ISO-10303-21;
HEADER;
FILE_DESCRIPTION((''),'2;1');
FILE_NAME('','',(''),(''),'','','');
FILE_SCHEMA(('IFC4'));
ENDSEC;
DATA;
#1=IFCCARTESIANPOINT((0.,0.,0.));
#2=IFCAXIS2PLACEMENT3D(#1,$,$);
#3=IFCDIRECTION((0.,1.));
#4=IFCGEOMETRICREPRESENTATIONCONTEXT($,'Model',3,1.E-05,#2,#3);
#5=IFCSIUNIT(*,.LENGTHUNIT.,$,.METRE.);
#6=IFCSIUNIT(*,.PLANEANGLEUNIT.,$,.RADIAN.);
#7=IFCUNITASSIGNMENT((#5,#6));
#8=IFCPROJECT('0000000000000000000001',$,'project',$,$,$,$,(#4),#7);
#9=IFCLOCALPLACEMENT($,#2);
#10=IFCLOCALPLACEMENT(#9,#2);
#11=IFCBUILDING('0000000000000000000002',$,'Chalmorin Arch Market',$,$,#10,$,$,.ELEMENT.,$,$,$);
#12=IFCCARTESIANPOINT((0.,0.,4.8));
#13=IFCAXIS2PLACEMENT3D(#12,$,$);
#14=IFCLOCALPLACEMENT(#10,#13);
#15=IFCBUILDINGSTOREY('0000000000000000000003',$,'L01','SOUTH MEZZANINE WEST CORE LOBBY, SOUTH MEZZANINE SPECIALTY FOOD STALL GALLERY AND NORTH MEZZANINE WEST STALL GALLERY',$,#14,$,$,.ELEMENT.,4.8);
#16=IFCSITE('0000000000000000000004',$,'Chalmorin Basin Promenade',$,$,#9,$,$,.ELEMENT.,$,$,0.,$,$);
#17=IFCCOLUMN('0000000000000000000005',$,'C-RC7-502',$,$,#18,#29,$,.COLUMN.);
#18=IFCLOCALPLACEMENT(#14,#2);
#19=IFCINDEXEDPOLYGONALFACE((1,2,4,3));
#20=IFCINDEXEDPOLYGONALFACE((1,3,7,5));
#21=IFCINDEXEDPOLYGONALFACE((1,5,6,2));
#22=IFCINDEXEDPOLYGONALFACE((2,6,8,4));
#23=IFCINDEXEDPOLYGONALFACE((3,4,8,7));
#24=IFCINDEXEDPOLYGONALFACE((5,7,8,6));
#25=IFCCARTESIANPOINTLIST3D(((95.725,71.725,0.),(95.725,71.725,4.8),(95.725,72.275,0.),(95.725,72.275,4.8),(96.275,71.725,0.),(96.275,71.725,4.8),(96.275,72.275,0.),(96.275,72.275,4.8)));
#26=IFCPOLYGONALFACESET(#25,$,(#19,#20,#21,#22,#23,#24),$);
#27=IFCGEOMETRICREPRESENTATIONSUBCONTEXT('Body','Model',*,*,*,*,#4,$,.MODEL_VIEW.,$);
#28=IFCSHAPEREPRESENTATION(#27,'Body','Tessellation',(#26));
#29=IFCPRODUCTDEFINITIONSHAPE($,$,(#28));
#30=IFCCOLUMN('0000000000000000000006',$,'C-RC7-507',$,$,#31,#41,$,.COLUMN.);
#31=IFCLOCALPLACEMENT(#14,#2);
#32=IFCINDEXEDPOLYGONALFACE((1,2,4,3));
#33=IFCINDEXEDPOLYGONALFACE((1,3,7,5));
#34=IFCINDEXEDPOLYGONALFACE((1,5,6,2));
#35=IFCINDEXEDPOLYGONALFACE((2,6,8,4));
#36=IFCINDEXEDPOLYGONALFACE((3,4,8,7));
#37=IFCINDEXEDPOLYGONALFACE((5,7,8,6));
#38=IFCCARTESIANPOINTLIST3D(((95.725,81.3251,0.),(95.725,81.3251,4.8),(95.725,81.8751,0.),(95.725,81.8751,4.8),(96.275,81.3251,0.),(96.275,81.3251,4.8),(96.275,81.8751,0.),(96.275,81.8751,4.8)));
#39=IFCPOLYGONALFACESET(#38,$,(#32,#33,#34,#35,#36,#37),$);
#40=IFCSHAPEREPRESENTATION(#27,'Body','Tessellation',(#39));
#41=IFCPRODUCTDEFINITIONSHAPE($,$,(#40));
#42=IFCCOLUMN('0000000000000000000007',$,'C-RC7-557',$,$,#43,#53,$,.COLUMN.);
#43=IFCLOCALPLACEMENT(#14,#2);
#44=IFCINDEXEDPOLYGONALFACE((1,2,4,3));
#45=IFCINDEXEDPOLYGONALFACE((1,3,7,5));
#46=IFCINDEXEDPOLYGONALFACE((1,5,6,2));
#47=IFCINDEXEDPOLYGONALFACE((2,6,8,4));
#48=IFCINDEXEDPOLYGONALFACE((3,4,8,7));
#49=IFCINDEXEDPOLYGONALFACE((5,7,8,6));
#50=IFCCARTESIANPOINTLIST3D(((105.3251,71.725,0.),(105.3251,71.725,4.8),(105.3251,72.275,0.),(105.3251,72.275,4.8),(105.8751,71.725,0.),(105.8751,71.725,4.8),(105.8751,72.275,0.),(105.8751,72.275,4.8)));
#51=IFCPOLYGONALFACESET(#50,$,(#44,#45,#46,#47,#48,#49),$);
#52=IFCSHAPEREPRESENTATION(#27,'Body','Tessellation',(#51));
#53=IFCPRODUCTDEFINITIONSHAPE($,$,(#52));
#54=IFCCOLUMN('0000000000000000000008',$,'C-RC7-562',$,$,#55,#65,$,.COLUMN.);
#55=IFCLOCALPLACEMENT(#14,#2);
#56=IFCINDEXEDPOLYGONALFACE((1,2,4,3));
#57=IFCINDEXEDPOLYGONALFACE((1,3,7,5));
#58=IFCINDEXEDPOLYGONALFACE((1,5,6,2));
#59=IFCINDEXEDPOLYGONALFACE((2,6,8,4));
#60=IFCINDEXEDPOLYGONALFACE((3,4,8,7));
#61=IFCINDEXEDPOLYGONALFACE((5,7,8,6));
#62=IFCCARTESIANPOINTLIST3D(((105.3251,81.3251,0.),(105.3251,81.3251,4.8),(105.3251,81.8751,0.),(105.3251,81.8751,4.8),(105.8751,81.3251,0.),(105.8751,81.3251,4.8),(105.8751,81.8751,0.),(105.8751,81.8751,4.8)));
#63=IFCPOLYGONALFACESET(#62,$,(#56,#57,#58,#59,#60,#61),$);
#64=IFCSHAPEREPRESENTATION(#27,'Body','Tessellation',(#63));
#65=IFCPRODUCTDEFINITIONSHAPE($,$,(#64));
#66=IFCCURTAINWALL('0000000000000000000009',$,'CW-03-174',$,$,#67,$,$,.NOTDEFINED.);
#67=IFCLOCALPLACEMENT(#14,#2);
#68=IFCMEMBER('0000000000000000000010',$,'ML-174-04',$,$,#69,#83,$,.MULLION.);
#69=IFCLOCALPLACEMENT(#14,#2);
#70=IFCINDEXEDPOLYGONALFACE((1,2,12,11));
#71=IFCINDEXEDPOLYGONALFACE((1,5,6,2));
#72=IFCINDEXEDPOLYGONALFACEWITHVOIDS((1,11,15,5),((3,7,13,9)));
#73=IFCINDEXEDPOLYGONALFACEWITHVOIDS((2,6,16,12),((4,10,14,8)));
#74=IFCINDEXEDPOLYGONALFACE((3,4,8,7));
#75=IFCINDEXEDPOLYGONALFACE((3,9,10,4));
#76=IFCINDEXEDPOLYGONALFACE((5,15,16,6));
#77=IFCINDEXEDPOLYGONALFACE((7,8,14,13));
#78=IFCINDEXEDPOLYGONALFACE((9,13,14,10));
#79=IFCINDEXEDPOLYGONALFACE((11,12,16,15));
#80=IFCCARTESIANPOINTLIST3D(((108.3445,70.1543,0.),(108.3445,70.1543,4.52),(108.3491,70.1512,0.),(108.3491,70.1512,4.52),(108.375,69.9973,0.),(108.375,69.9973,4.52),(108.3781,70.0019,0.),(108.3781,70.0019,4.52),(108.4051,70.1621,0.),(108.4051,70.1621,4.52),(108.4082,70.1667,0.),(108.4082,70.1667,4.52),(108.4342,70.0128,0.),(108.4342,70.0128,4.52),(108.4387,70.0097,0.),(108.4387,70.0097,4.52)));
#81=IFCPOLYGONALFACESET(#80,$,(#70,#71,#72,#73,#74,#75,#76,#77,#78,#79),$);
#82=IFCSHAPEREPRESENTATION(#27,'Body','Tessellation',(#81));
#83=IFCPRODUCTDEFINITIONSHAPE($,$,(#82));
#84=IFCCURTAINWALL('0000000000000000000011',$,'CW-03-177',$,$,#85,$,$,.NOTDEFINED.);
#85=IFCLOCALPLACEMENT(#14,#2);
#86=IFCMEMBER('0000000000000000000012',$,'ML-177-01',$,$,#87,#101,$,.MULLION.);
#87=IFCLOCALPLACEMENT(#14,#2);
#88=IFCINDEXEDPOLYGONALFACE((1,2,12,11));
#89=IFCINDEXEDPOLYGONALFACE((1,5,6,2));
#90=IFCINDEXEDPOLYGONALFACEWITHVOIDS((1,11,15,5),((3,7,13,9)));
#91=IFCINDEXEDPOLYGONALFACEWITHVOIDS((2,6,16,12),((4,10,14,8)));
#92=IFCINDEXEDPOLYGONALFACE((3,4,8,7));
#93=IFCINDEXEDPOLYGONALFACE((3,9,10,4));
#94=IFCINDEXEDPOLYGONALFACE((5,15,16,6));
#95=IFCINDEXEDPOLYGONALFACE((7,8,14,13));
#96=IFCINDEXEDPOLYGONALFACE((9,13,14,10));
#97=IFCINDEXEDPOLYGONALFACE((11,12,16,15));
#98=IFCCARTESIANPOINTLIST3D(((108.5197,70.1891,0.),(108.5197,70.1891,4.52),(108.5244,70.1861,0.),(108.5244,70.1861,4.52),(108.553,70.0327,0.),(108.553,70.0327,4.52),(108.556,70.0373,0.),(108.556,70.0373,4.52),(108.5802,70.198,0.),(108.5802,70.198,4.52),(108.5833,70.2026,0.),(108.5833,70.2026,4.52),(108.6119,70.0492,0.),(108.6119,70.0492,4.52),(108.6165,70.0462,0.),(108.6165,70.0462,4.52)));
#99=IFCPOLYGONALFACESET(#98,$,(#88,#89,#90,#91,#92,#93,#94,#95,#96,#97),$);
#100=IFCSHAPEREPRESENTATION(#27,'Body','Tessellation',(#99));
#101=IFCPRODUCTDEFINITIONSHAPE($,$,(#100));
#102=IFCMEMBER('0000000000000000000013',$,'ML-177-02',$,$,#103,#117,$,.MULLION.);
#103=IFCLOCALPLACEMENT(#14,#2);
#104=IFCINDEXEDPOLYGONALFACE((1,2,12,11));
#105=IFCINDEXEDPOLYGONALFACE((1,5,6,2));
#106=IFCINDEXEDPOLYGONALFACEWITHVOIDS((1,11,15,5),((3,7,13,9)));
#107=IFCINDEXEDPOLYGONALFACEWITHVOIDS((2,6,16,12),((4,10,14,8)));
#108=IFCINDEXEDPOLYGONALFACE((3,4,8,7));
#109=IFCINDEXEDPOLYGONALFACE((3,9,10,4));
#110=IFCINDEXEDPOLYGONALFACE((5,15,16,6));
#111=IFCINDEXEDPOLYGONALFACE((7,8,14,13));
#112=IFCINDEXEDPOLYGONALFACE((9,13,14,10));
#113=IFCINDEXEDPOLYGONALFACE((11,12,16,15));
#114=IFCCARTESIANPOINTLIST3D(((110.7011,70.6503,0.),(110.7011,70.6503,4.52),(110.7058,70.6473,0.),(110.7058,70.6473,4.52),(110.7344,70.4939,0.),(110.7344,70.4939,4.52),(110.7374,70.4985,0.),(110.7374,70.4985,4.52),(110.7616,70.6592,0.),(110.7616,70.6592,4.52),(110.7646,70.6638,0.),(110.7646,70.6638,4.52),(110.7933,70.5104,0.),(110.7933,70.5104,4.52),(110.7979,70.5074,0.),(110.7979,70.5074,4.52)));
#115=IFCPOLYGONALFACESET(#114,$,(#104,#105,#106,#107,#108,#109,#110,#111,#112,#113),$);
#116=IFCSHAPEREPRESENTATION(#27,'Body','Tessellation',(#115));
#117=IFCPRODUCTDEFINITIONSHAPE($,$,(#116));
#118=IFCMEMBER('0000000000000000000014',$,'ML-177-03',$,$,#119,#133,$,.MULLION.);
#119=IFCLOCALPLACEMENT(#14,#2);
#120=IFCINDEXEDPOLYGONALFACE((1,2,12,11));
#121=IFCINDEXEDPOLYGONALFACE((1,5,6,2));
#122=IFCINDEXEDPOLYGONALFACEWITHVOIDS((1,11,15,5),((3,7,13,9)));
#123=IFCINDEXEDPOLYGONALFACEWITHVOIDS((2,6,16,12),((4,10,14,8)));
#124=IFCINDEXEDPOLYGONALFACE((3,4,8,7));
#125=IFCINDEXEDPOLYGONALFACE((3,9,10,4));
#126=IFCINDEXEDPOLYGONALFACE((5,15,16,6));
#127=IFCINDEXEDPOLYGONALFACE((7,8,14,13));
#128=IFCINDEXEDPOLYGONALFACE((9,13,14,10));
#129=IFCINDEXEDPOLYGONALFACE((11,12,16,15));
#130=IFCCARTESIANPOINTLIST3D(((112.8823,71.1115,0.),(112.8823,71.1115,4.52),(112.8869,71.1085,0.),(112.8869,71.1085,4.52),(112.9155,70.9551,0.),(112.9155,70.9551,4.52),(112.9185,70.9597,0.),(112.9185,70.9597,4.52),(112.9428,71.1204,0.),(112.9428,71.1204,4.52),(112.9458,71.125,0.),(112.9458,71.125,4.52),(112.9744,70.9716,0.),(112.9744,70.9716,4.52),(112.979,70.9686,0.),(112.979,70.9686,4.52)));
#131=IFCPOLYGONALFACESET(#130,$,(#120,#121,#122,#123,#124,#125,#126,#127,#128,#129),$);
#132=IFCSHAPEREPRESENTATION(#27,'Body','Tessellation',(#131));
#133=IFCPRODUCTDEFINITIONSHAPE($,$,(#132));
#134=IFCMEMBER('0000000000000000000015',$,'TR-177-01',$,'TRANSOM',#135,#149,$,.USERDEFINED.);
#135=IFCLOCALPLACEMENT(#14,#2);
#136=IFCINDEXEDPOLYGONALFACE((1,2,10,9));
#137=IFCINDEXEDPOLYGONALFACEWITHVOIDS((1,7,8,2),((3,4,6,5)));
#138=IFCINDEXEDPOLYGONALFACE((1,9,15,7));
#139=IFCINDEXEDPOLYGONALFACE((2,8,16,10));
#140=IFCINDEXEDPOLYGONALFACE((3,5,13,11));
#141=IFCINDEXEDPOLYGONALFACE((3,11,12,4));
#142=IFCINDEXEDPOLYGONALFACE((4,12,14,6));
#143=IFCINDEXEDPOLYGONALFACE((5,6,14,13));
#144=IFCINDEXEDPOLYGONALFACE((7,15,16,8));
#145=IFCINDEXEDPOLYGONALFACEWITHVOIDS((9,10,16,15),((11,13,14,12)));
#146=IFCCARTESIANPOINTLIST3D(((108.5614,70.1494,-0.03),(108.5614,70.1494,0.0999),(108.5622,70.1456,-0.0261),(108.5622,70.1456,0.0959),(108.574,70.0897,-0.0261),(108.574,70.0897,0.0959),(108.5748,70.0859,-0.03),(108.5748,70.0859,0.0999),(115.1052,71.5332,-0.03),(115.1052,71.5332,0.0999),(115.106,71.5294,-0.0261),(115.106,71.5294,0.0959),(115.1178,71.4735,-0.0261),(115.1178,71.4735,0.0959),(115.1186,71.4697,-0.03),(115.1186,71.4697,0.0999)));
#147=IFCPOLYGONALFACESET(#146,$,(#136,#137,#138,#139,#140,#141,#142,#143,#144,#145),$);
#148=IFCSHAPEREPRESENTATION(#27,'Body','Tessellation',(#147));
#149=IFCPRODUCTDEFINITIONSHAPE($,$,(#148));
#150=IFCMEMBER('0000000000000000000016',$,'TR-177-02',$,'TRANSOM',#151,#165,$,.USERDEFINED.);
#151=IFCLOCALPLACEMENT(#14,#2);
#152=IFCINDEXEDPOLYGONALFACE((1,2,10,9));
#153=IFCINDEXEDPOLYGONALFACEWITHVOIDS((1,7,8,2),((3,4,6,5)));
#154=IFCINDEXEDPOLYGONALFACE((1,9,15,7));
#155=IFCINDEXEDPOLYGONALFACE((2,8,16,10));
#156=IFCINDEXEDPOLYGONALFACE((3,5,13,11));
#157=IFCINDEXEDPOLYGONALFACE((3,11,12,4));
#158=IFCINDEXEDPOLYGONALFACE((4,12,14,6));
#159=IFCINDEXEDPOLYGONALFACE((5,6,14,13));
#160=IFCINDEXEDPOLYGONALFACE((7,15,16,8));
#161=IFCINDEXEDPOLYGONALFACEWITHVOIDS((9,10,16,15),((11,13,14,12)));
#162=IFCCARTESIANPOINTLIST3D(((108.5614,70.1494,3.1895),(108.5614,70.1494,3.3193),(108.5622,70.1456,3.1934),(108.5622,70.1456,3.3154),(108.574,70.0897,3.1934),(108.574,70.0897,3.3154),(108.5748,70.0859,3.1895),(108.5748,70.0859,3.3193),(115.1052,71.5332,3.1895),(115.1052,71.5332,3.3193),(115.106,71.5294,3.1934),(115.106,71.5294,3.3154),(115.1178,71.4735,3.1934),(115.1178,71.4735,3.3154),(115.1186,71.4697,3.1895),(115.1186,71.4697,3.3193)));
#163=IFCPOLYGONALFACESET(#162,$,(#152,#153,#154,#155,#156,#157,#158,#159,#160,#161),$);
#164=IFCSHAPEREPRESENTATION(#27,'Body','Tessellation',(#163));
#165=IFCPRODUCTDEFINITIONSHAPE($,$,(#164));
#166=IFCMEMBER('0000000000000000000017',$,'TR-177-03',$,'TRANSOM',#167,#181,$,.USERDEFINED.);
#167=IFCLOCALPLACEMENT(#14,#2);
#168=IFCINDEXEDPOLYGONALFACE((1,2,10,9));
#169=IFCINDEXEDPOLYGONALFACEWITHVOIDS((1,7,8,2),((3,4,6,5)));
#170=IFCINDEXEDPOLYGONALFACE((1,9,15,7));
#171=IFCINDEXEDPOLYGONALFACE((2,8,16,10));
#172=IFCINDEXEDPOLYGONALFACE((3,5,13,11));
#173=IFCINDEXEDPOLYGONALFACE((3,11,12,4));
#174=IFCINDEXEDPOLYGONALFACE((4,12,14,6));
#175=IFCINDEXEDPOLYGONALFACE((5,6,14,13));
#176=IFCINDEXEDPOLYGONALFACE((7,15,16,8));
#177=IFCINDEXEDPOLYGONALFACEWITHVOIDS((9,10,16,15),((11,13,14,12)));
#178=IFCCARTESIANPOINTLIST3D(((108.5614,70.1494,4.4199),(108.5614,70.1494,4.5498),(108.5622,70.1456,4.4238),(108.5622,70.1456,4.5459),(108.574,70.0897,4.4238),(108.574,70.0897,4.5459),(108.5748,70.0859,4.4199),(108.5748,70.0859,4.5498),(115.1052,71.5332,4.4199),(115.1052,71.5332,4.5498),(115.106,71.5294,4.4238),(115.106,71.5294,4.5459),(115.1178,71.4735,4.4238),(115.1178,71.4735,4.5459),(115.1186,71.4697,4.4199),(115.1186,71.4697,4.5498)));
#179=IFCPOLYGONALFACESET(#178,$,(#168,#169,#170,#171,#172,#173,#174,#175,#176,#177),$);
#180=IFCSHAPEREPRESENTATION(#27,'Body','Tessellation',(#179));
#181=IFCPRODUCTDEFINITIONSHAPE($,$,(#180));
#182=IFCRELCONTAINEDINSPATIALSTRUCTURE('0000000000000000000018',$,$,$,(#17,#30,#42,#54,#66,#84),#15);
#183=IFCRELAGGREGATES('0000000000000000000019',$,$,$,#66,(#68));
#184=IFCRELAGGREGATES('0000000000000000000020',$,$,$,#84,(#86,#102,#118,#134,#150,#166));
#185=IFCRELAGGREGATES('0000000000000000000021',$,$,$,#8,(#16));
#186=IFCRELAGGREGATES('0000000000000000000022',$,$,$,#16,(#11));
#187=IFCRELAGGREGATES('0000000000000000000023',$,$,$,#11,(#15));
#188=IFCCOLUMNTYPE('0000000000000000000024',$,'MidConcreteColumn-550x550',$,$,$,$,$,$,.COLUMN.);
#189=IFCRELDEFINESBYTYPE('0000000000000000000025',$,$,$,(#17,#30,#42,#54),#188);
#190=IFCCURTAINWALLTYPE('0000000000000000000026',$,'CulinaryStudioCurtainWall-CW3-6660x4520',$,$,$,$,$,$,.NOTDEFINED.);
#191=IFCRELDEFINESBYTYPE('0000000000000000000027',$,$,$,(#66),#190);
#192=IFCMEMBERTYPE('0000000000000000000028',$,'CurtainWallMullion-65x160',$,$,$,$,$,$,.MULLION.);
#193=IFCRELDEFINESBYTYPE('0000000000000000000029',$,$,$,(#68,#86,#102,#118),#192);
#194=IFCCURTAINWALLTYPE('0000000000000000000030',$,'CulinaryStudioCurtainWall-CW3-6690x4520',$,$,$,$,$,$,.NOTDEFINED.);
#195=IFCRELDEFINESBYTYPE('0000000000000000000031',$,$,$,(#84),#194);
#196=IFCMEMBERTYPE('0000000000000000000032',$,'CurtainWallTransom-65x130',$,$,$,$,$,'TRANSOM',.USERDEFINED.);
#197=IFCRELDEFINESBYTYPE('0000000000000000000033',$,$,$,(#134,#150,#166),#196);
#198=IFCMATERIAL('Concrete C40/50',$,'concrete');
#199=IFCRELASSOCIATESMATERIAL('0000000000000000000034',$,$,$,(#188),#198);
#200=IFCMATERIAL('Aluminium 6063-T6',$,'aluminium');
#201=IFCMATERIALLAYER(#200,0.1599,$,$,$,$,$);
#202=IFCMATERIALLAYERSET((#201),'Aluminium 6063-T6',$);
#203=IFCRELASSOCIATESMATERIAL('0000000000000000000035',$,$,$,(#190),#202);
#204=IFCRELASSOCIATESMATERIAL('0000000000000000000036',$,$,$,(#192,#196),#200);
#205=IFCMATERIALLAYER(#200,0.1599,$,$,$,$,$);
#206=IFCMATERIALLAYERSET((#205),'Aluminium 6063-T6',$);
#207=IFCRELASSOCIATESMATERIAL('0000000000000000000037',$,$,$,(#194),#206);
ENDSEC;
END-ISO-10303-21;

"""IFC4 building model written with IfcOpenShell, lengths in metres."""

from ifc_helpers import new_model, si_unit, direction, frame, origin, origin_2d, place, context, subcontext, project, spatial, rectangle, hollow_rectangle, extrude, material, layer, layer_set, material_profile, profile_set, type_object, element, aggregate, save


model = new_model("IFC4")

# Units and contexts
model_context = context("Model", 3, precision=1e-05, world=origin(), true_north=direction((0.0, 1.0)))
body_context = subcontext(model_context, "Body", "Model", "MODEL_VIEW")
ifc_project = project(units=[si_unit("LENGTHUNIT", "METRE"), si_unit("PLANEANGLEUNIT", "RADIAN")], contexts=[model_context])

# Site, building, storey
site_placement = place(None, origin())
site = spatial("IfcSite", under=ifc_project, at=site_placement, Name="Chalmorin Basin Promenade", CompositionType="ELEMENT", RefElevation=0.0)
building_placement = place(site_placement, origin())
building = spatial("IfcBuilding", under=site, at=building_placement, Name="Chalmorin Arch Market", CompositionType="ELEMENT")
storey_placement = place(building_placement, frame((0.0, 0.0, 4.8)))
storey = spatial("IfcBuildingStorey", under=building, at=storey_placement, Name="L01", Description="SOUTH MEZZANINE WEST CORE LOBBY, SOUTH MEZZANINE SPECIALTY FOOD STALL GALLERY AND NORTH MEZZANINE WEST STALL GALLERY", CompositionType="ELEMENT", Elevation=4.8)

# Columns
ifc_material_1 = material(Name="Concrete C40/50", Category="concrete")
ifc_material_profile_1 = material_profile(ifc_material_1, rectangle(XDim=0.55, YDim=0.55, at=origin_2d()), Name="RC550X550")
ifc_profile_set_1 = profile_set([ifc_material_profile_1], Name="Concrete C40/50")
column_type = type_object("IfcColumnType", Name="MidConcreteColumn-550x550", PredefinedType="COLUMN", material=ifc_profile_set_1)
for number, where, z_axis, x_axis, name in (
    (1, (96.0, 72.0, 0.0), (0.0, 0.0, 1.0), (1.0, 0.0, 0.0), "C-RC7-502"),
    (2, (96.0, 81.6001, 0.0), (0.0, 0.0, 1.0), (1.0, 0.0, 0.0), "C-RC7-507"),
    (3, (105.6001, 72.0, 0.0), (0.0, 0.0, 1.0), (1.0, 0.0, 0.0), "C-RC7-557"),
    (4, (105.6001, 81.6001, 0.0), (0.0, 0.0, 1.0), (1.0, 0.0, 0.0), "C-RC7-562"),
):
    element("IfcColumn", number, at=place(storey_placement, frame(where, z_axis=z_axis, x_axis=x_axis)), inside=storey, type_object=column_type, Name=name, PredefinedType="COLUMN", context=body_context, shape_type="SweptSolid", body=[
        extrude(rectangle(XDim=0.55, YDim=0.55, at=origin_2d()), origin(), (0.0, 0.0, 1.0), 4.8),
    ])

# Curtain wall, member
ifc_material_2 = material(Name="Aluminium 6063-T6", Category="aluminium")
ifc_layer_1 = layer(ifc_material_2, 0.1599)
ifc_layer_set_1 = layer_set([ifc_layer_1], Name="Aluminium 6063-T6")
curtain_wall_type_1 = type_object("IfcCurtainWallType", Name="CulinaryStudioCurtainWall-CW3-6660x4520", PredefinedType="NOTDEFINED", material=ifc_layer_set_1)
curtain_wall_1_placement = place(storey_placement, origin())
curtain_wall_1 = element("IfcCurtainWall", 5, at=curtain_wall_1_placement, inside=storey, type_object=curtain_wall_type_1, Name="CW-03-174", PredefinedType="NOTDEFINED")
ifc_material_profile_2 = material_profile(ifc_material_2, hollow_rectangle(XDim=0.0649, YDim=0.1599, WallThickness=0.0039, at=origin_2d()), Name="ALU65X160X4")
ifc_profile_set_2 = profile_set([ifc_material_profile_2], Name="Aluminium 6063-T6")
member_type_1 = type_object("IfcMemberType", Name="CurtainWallMullion-65x160", PredefinedType="MULLION", material=ifc_profile_set_2)
member_1_placement = place(storey_placement, frame((108.3916, 70.082, 0.0), z_axis=(0.0, 0.0, 1.0), x_axis=(0.981627, 0.190809, 0.0)))
member_1 = element("IfcMember", 6, at=member_1_placement, type_object=member_type_1, Name="ML-174-04", PredefinedType="MULLION", context=body_context, shape_type="SweptSolid", body=[
    extrude(hollow_rectangle(XDim=0.0649, YDim=0.1599, WallThickness=0.0039, at=origin_2d()), origin(), (0.0, 0.0, 1.0), 4.52),
])

# Curtain wall, members
ifc_layer_2 = layer(ifc_material_2, 0.1599)
ifc_layer_set_2 = layer_set([ifc_layer_2], Name="Aluminium 6063-T6")
curtain_wall_type_2 = type_object("IfcCurtainWallType", Name="CulinaryStudioCurtainWall-CW3-6690x4520", PredefinedType="NOTDEFINED", material=ifc_layer_set_2)
curtain_wall_2_placement = place(storey_placement, origin())
curtain_wall_2 = element("IfcCurtainWall", 7, at=curtain_wall_2_placement, inside=storey, type_object=curtain_wall_type_2, Name="CW-03-177", PredefinedType="NOTDEFINED")
member_2_placement = place(storey_placement, frame((108.5681, 70.1177, 0.0), z_axis=(0.0, 0.0, 1.0), x_axis=(0.978148, 0.207912, 0.0)))
member_2 = element("IfcMember", 8, at=member_2_placement, type_object=member_type_1, Name="ML-177-01", PredefinedType="MULLION", context=body_context, shape_type="SweptSolid", body=[
    extrude(hollow_rectangle(XDim=0.0649, YDim=0.1599, WallThickness=0.0039, at=origin_2d()), origin(), (0.0, 0.0, 1.0), 4.52),
])
member_3_placement = place(storey_placement, frame((110.7495, 70.5789, 0.0), z_axis=(0.0, 0.0, 1.0), x_axis=(0.978148, 0.207912, 0.0)))
member_3 = element("IfcMember", 9, at=member_3_placement, type_object=member_type_1, Name="ML-177-02", PredefinedType="MULLION", context=body_context, shape_type="SweptSolid", body=[
    extrude(hollow_rectangle(XDim=0.0649, YDim=0.1599, WallThickness=0.0039, at=origin_2d()), origin(), (0.0, 0.0, 1.0), 4.52),
])
member_4_placement = place(storey_placement, frame((112.9307, 71.04, 0.0), z_axis=(0.0, 0.0, 1.0), x_axis=(0.978148, 0.207912, 0.0)))
member_4 = element("IfcMember", 10, at=member_4_placement, type_object=member_type_1, Name="ML-177-03", PredefinedType="MULLION", context=body_context, shape_type="SweptSolid", body=[
    extrude(hollow_rectangle(XDim=0.0649, YDim=0.1599, WallThickness=0.0039, at=origin_2d()), origin(), (0.0, 0.0, 1.0), 4.52),
])
ifc_material_profile_3 = material_profile(ifc_material_2, hollow_rectangle(XDim=0.0649, YDim=0.1299, WallThickness=0.0039, at=origin_2d()), Name="ALU65X130X4")
ifc_profile_set_3 = profile_set([ifc_material_profile_3], Name="Aluminium 6063-T6")
member_type_2 = type_object("IfcMemberType", Name="CurtainWallTransom-65x130", ElementType="TRANSOM", PredefinedType="USERDEFINED", material=ifc_profile_set_3)
member_5_placement = place(storey_placement, frame((108.5681, 70.1177, 0.0349), z_axis=(0.978363, 0.206893, 0.0), x_axis=(-0.206893, 0.978363, 0.0)))
member_5 = element("IfcMember", 11, at=member_5_placement, type_object=member_type_2, Name="TR-177-01", ObjectType="TRANSOM", PredefinedType="USERDEFINED", context=body_context, shape_type="SweptSolid", body=[
    extrude(hollow_rectangle(XDim=0.0649, YDim=0.1299, WallThickness=0.0039, at=origin_2d()), origin(), (0.0, 0.0, 1.0), 6.6885),
])
member_6_placement = place(storey_placement, frame((108.5681, 70.1177, 3.2544), z_axis=(0.978363, 0.206893, 0.0), x_axis=(-0.206893, 0.978363, 0.0)))
member_6 = element("IfcMember", 12, at=member_6_placement, type_object=member_type_2, Name="TR-177-02", ObjectType="TRANSOM", PredefinedType="USERDEFINED", context=body_context, shape_type="SweptSolid", body=[
    extrude(hollow_rectangle(XDim=0.0649, YDim=0.1299, WallThickness=0.0039, at=origin_2d()), origin(), (0.0, 0.0, 1.0), 6.6885),
])
member_7_placement = place(storey_placement, frame((108.5681, 70.1177, 4.4849), z_axis=(0.978363, 0.206893, 0.0), x_axis=(-0.206893, 0.978363, 0.0)))
member_7 = element("IfcMember", 13, at=member_7_placement, type_object=member_type_2, Name="TR-177-03", ObjectType="TRANSOM", PredefinedType="USERDEFINED", context=body_context, shape_type="SweptSolid", body=[
    extrude(hollow_rectangle(XDim=0.0649, YDim=0.1299, WallThickness=0.0039, at=origin_2d()), origin(), (0.0, 0.0, 1.0), 6.6885),
])

aggregate(curtain_wall_1, [member_1])
aggregate(curtain_wall_2, [member_2, member_3, member_4, member_5, member_6, member_7])

save(model, "model.ifc")
